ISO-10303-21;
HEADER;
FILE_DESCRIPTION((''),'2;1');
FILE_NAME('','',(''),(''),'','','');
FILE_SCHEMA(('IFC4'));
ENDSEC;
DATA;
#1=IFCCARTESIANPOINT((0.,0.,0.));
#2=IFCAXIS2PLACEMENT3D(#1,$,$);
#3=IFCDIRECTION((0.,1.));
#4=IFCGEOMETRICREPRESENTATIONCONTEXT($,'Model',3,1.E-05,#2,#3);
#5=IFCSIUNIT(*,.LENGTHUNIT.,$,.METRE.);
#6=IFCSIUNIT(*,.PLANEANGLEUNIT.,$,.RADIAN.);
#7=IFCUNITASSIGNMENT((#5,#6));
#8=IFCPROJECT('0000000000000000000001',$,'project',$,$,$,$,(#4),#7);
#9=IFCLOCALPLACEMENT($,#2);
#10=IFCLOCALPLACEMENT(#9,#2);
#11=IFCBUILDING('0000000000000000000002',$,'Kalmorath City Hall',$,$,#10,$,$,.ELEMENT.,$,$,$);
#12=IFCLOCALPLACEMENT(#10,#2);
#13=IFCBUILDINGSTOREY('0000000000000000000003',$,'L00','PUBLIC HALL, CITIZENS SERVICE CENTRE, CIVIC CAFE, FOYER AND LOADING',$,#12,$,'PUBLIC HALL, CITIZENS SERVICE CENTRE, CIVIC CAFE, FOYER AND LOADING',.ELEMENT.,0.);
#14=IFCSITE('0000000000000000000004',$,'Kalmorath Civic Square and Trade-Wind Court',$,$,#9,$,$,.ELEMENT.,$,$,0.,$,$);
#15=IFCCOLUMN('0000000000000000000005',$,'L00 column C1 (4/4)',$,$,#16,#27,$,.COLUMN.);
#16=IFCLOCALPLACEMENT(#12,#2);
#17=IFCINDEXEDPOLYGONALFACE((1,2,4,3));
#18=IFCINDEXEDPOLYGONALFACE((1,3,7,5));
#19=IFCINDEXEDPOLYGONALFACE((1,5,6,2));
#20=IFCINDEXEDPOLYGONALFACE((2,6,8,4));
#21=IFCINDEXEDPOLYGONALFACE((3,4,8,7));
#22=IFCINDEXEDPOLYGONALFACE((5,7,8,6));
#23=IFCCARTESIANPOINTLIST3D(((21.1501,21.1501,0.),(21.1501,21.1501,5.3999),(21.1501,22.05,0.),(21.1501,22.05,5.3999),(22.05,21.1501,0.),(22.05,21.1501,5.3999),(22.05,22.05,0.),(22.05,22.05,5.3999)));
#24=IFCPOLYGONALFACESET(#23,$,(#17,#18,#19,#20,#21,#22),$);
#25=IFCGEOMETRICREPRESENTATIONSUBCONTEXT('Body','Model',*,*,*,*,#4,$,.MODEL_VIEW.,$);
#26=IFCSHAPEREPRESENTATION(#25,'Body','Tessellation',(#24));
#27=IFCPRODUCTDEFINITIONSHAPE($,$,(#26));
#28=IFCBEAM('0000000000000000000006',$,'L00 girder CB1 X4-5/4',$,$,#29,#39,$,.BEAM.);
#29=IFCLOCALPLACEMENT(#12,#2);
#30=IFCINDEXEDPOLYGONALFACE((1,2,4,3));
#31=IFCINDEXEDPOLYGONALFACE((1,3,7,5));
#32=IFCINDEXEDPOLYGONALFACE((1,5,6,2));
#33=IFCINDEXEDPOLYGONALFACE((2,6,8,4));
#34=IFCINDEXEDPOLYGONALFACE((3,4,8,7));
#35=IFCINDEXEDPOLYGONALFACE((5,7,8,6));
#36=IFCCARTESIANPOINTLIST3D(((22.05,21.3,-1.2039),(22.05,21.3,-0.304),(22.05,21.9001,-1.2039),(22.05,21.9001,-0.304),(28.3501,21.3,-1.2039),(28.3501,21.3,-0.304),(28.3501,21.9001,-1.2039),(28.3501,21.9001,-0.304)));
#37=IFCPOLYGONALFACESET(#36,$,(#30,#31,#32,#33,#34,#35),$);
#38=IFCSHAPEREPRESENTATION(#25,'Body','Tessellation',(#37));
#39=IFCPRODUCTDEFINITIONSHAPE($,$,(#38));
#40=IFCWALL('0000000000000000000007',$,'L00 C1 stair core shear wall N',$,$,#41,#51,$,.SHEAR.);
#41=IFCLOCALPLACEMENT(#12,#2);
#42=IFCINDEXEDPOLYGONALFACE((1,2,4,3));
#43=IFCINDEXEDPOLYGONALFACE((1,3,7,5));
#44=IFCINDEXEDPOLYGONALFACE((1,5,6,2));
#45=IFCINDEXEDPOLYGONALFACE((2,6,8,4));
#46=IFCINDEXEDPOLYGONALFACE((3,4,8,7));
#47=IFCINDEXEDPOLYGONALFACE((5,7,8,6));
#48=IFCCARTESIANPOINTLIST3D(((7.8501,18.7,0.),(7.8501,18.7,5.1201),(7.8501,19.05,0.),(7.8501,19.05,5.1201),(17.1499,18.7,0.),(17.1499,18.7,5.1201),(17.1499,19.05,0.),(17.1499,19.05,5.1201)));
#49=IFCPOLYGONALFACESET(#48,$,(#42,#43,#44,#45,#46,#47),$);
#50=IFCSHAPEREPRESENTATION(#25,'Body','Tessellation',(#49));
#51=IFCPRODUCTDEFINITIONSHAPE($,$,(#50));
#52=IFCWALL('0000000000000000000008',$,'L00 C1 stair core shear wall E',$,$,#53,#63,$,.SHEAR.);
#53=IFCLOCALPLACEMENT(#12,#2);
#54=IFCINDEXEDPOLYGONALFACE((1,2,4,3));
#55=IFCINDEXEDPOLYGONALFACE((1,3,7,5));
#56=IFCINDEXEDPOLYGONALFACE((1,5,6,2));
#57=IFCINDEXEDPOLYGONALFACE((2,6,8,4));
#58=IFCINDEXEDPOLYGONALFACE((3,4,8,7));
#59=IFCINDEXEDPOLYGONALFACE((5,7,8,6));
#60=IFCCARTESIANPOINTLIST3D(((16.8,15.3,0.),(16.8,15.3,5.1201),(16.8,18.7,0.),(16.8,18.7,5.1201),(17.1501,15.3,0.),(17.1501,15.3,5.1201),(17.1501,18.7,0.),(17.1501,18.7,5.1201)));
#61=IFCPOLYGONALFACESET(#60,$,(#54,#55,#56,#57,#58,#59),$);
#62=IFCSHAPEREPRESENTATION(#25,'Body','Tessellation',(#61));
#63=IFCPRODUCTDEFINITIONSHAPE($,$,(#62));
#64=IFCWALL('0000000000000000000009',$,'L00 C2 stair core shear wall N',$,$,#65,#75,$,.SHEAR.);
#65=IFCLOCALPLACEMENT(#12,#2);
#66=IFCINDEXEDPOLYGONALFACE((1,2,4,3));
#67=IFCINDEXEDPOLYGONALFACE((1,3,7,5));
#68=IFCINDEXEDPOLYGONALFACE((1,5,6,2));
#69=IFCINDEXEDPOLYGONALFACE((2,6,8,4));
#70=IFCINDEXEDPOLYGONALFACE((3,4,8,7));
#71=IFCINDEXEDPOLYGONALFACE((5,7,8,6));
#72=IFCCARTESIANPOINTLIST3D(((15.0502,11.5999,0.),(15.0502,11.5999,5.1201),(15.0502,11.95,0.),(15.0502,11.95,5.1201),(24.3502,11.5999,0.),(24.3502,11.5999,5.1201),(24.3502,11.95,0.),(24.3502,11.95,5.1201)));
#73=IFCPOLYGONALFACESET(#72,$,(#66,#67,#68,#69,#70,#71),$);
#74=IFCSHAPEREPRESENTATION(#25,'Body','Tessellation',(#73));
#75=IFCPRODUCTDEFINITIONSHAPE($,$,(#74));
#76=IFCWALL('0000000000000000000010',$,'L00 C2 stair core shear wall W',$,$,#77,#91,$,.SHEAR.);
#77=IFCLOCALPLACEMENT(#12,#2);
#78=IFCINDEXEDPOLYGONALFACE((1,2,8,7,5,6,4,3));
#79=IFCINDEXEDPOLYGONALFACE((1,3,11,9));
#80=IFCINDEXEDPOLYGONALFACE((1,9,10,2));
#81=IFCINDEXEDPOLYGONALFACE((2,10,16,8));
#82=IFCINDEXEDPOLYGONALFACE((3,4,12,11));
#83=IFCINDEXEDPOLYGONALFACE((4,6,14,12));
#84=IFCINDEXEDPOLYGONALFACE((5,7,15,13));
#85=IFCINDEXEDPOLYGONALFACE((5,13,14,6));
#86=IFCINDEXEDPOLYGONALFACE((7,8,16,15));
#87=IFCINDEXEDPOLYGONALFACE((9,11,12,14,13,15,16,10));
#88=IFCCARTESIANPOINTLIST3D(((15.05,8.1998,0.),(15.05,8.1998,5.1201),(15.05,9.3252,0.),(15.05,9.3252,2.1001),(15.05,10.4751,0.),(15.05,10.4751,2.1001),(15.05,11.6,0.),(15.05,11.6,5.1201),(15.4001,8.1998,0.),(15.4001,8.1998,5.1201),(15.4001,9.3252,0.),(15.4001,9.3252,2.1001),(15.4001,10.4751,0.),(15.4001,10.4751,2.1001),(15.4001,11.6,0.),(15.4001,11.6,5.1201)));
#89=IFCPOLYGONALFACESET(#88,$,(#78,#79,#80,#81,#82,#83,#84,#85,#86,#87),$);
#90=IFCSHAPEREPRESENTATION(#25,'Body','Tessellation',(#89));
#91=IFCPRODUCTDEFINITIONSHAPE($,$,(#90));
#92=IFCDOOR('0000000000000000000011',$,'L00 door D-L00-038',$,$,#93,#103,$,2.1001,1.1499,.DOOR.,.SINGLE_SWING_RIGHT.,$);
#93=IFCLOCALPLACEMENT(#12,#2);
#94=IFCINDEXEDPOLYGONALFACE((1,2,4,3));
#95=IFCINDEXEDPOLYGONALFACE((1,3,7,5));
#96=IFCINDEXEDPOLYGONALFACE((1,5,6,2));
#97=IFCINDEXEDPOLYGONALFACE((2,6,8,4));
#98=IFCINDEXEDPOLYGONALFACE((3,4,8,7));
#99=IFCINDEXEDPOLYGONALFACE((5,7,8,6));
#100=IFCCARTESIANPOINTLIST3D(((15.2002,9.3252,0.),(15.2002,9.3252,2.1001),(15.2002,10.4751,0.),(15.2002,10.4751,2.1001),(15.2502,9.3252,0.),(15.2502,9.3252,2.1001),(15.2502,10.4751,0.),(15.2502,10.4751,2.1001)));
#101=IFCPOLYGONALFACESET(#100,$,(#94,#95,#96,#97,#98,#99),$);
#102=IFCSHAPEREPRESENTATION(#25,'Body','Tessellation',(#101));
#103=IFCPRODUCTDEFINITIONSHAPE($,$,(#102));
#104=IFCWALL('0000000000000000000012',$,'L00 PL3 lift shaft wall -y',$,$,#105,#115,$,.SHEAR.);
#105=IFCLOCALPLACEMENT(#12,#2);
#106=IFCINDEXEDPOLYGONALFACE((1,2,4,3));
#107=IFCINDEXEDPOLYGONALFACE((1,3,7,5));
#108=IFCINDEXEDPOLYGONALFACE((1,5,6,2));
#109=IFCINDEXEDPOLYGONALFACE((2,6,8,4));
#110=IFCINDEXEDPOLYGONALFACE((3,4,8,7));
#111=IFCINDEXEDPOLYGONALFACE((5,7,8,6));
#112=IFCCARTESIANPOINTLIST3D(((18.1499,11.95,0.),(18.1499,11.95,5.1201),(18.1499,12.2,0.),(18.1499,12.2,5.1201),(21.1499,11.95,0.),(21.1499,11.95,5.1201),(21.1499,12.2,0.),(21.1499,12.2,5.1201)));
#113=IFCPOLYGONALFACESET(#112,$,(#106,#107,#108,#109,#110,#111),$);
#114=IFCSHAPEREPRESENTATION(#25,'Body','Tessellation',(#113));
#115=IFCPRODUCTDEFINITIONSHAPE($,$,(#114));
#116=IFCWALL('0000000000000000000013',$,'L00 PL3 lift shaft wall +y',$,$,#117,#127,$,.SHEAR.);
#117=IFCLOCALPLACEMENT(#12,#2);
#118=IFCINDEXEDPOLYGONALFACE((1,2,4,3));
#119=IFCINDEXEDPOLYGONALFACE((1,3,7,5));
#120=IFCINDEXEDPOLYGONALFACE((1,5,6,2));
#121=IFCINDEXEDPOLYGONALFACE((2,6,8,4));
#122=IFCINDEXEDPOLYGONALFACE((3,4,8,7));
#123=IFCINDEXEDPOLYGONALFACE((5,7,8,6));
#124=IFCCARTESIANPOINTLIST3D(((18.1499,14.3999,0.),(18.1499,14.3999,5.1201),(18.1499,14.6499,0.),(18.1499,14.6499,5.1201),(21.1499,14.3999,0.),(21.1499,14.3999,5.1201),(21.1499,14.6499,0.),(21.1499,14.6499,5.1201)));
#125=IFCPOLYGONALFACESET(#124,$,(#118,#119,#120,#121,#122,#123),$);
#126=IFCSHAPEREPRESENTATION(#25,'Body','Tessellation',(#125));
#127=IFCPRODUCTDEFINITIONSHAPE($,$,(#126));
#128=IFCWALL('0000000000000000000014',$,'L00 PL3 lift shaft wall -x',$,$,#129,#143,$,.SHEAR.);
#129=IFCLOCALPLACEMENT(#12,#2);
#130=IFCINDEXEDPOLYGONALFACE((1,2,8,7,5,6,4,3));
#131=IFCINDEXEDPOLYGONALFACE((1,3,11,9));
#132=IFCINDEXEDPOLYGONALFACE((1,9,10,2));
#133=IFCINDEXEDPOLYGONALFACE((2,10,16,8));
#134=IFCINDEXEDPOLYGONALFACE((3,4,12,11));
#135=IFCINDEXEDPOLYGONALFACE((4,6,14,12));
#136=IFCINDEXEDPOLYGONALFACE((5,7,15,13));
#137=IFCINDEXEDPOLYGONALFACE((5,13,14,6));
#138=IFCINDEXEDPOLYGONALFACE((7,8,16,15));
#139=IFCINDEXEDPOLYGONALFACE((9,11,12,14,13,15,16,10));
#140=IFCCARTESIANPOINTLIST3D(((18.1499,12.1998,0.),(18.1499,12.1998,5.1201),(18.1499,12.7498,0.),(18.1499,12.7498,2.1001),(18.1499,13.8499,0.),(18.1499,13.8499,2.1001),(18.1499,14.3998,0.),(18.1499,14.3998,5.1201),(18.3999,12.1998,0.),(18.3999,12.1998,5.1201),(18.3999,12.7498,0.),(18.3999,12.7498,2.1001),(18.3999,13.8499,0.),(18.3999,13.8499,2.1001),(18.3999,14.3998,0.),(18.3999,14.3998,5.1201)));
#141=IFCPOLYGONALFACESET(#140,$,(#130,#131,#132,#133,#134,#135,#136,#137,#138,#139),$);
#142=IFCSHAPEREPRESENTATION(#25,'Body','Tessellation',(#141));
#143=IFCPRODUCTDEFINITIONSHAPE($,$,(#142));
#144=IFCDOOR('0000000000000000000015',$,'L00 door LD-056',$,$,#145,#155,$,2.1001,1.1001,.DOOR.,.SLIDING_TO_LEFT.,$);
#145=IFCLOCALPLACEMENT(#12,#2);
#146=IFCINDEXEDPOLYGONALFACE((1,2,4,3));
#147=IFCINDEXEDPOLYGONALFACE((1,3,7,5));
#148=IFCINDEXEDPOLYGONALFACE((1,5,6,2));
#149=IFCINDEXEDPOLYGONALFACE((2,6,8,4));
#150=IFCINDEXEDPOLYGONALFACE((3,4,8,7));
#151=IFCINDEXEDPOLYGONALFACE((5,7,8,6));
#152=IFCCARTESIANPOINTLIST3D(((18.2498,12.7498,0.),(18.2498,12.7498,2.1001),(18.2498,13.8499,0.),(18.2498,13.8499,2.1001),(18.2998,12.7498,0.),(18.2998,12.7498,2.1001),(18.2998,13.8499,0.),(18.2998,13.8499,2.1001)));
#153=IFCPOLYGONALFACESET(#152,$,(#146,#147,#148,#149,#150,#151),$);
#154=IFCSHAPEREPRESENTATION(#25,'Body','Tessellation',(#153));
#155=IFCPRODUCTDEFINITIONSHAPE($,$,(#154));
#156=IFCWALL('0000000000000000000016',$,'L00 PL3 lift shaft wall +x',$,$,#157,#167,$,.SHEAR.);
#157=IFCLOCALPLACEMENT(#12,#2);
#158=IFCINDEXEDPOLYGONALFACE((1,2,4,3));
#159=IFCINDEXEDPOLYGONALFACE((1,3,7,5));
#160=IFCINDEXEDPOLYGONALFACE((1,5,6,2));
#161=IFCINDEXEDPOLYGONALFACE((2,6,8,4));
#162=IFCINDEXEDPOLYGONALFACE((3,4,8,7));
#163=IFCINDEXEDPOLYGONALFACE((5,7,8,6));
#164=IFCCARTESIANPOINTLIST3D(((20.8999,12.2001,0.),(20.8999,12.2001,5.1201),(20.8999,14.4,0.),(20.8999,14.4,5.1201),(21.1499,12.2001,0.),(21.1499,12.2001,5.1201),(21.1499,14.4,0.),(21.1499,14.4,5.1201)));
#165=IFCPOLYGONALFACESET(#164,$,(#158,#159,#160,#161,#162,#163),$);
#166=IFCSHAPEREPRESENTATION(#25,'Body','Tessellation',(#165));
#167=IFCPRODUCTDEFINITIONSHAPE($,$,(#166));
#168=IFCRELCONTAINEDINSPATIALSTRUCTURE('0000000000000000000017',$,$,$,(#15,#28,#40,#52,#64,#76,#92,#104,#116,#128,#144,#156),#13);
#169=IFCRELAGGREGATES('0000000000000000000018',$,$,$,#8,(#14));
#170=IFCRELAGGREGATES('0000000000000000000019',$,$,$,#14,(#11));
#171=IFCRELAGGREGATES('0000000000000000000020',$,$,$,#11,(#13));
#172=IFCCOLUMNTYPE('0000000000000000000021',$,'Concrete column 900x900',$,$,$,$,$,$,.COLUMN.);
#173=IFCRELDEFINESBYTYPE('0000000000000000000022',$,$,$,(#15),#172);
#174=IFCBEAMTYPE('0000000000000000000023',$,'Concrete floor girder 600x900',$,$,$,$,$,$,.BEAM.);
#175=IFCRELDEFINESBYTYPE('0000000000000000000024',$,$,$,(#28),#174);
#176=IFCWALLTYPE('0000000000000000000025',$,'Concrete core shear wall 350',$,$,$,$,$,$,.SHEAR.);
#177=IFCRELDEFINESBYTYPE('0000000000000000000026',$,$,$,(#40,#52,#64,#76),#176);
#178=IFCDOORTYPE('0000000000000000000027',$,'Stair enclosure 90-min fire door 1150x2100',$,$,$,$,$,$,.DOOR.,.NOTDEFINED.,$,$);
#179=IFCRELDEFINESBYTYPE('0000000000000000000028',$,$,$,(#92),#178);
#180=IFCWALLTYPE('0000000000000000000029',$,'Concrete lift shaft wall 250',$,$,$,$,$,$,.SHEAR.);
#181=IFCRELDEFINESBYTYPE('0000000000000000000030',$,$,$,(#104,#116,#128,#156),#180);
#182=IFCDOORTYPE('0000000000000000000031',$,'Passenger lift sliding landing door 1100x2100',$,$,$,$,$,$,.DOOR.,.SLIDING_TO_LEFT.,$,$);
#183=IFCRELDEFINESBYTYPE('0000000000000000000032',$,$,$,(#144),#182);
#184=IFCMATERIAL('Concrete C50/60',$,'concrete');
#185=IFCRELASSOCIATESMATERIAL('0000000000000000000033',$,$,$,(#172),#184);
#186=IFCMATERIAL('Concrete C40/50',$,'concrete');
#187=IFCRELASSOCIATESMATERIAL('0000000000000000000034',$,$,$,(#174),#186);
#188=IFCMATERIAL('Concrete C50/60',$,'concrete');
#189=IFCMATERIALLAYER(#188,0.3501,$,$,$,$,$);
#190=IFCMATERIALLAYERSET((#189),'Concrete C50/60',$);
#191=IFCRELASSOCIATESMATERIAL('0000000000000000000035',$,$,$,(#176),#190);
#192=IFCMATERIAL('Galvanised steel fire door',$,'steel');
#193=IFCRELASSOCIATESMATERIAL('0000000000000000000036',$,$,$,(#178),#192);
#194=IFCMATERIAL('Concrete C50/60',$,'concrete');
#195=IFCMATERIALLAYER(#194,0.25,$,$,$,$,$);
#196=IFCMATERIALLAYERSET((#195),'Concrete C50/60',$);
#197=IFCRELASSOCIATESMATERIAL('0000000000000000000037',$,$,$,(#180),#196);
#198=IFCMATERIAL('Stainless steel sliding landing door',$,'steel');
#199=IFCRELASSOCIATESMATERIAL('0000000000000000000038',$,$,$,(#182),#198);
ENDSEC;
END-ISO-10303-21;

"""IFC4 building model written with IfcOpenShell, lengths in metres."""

from ifc_helpers import new_model, si_unit, direction, frame, frame_2d, origin, origin_2d, place, context, subcontext, project, spatial, rectangle, extrude, material, layer, layer_set, material_profile, profile_set, type_object, element, fill, save


model = new_model("IFC4")

# Units and contexts
model_context = context("Model", 3, precision=1e-05, world=origin(), true_north=direction((0.0, 1.0)))
body_context = subcontext(model_context, "Body", "Model", "MODEL_VIEW")
ifc_project = project(units=[si_unit("LENGTHUNIT", "METRE"), si_unit("PLANEANGLEUNIT", "RADIAN")], contexts=[model_context])

# Site, building, storey
site_placement = place(None, origin())
site = spatial("IfcSite", under=ifc_project, at=site_placement, Name="Kalmorath Civic Square and Trade-Wind Court", CompositionType="ELEMENT", RefElevation=0.0)
building_placement = place(site_placement, origin())
building = spatial("IfcBuilding", under=site, at=building_placement, Name="Kalmorath City Hall", CompositionType="ELEMENT")
storey_placement = place(building_placement, origin())
storey = spatial("IfcBuildingStorey", under=building, at=storey_placement, Name="L00", Description="PUBLIC HALL, CITIZENS SERVICE CENTRE, CIVIC CAFE, FOYER AND LOADING", LongName="PUBLIC HALL, CITIZENS SERVICE CENTRE, CIVIC CAFE, FOYER AND LOADING", CompositionType="ELEMENT", Elevation=0.0)

# Column
ifc_material_1 = material(Name="Concrete C50/60", Category="concrete")
ifc_material_profile_1 = material_profile(ifc_material_1, rectangle(XDim=0.8999, YDim=0.8999, at=origin_2d()), Name="RC-COL-900X900")
ifc_profile_set_1 = profile_set([ifc_material_profile_1], Name="Concrete C50/60")
column_type = type_object("IfcColumnType", Name="Concrete column 900x900", PredefinedType="COLUMN", material=ifc_profile_set_1)
column_placement = place(storey_placement, frame((21.6001, 21.6001, 0.0), z_axis=(0.0, 0.0, 1.0), x_axis=(1.0, 0.0, 0.0)))
element("IfcColumn", 1, at=column_placement, inside=storey, type_object=column_type, Name="L00 column C1 (4/4)", PredefinedType="COLUMN", context=body_context, shape_type="SweptSolid", body=[
    extrude(rectangle(XDim=0.8999, YDim=0.8999, at=origin_2d()), origin(), (0.0, 0.0, 1.0), 5.3999),
])

# Beam
ifc_material_2 = material(Name="Concrete C40/50", Category="concrete")
ifc_material_profile_2 = material_profile(ifc_material_2, rectangle(XDim=0.6001, YDim=0.8999, at=origin_2d()), Name="RC-BM-600X900")
ifc_profile_set_2 = profile_set([ifc_material_profile_2], Name="Concrete C40/50")
beam_type = type_object("IfcBeamType", Name="Concrete floor girder 600x900", PredefinedType="BEAM", material=ifc_profile_set_2)
beam_placement = place(storey_placement, frame((22.05, 21.6001, -0.7539), z_axis=(1.0, 0.0, 0.0), x_axis=(0.0, 1.0, 0.0)))
element("IfcBeam", 2, at=beam_placement, inside=storey, type_object=beam_type, Name="L00 girder CB1 X4-5/4", PredefinedType="BEAM", context=body_context, shape_type="SweptSolid", body=[
    extrude(rectangle(XDim=0.6001, YDim=0.8999, at=origin_2d()), origin(), (0.0, 0.0, 1.0), 6.3),
])

# Walls
ifc_material_3 = material(Name="Concrete C50/60", Category="concrete")
ifc_layer_1 = layer(ifc_material_3, 0.3501)
ifc_layer_set_1 = layer_set([ifc_layer_1], Name="Concrete C50/60")
wall_type_1 = type_object("IfcWallType", Name="Concrete core shear wall 350", PredefinedType="SHEAR", material=ifc_layer_set_1)
wall_1_placement = place(storey_placement, frame((17.1499, 18.875, 0.0), z_axis=(0.0, 0.0, 1.0), x_axis=(-1.0, 0.0, 0.0)))
element("IfcWall", 3, at=wall_1_placement, inside=storey, type_object=wall_type_1, Name="L00 C1 stair core shear wall N", PredefinedType="SHEAR", context=body_context, shape_type="SweptSolid", body=[
    extrude(rectangle(XDim=9.2998, YDim=0.3501, at=frame_2d((4.6499, 0.0))), origin(), (0.0, 0.0, 1.0), 5.1201),
])
wall_2_placement = place(storey_placement, frame((16.9751, 15.3, 0.0), z_axis=(0.0, 0.0, 1.0), x_axis=(0.0, 1.0, 0.0)))
element("IfcWall", 4, at=wall_2_placement, inside=storey, type_object=wall_type_1, Name="L00 C1 stair core shear wall E", PredefinedType="SHEAR", context=body_context, shape_type="SweptSolid", body=[
    extrude(rectangle(XDim=3.3999, YDim=0.3501, at=frame_2d((1.7, 0.0))), origin(), (0.0, 0.0, 1.0), 5.1201),
])
wall_3_placement = place(storey_placement, frame((24.3501, 11.7749, 0.0), z_axis=(0.0, 0.0, 1.0), x_axis=(-1.0, 0.0, 0.0)))
element("IfcWall", 5, at=wall_3_placement, inside=storey, type_object=wall_type_1, Name="L00 C2 stair core shear wall N", PredefinedType="SHEAR", context=body_context, shape_type="SweptSolid", body=[
    extrude(rectangle(XDim=9.3, YDim=0.3501, at=frame_2d((4.6499, 0.0))), origin(), (0.0, 0.0, 1.0), 5.1201),
])

# Wall, opening, door
wall_4_placement = place(storey_placement, frame((15.2251, 11.6001, 0.0), z_axis=(0.0, 0.0, 1.0), x_axis=(0.0, -1.0, 0.0)))
wall_4 = element("IfcWall", 6, at=wall_4_placement, inside=storey, type_object=wall_type_1, Name="L00 C2 stair core shear wall W", PredefinedType="SHEAR", context=body_context, shape_type="SweptSolid", body=[
    extrude(rectangle(XDim=3.4001, YDim=0.3501, at=frame_2d((1.7002, 0.0))), origin(), (0.0, 0.0, 1.0), 5.1201),
])
opening_1_placement = place(wall_4_placement, frame((1.125, 0.0, 0.0)))
opening_1 = element("IfcOpeningElement", 7, at=opening_1_placement, cuts=wall_4, PredefinedType="OPENING", context=body_context, shape_type="SweptSolid", body=[
    extrude(rectangle(XDim=1.1499, YDim=2.1001, at=frame_2d((0.575, 1.05))), frame((0.0, 0.1851, 0.0), z_axis=(0.0, -1.0, 0.0), x_axis=(1.0, 0.0, 0.0)), (0.0, 0.0, 1.0), 0.3701),
])
ifc_material_4 = material(Name="Galvanised steel fire door", Category="steel")
door_type_1 = type_object("IfcDoorType", Name="Stair enclosure 90-min fire door 1150x2100", OperationType="NOTDEFINED", PredefinedType="DOOR", material=ifc_material_4)
door_1_placement = place(opening_1_placement, frame((1.1499, 0.0, 0.0), z_axis=(0.0, 0.0, 1.0), x_axis=(-1.0, 0.0, 0.0)))
door_1 = element("IfcDoor", 8, at=door_1_placement, inside=storey, type_object=door_type_1, Name="L00 door D-L00-038", OperationType="SINGLE_SWING_RIGHT", OverallHeight=2.1001, OverallWidth=1.1499, PredefinedType="DOOR", context=body_context, shape_type="SweptSolid", body=[
    extrude(rectangle(XDim=1.1499, YDim=2.1001, at=frame_2d((0.575, 1.05))), frame((0.0, 0.0249, 0.0), z_axis=(0.0, -1.0, 0.0), x_axis=(1.0, 0.0, 0.0)), (0.0, 0.0, 1.0), 0.05),
])
fill(opening_1, door_1)

# Walls
ifc_material_5 = material(Name="Concrete C50/60", Category="concrete")
ifc_layer_2 = layer(ifc_material_5, 0.25)
ifc_layer_set_2 = layer_set([ifc_layer_2], Name="Concrete C50/60")
wall_type_2 = type_object("IfcWallType", Name="Concrete lift shaft wall 250", PredefinedType="SHEAR", material=ifc_layer_set_2)
for number, where, z_axis, x_axis, name in (
    (9, (18.1499, 12.075, 0.0), (0.0, 0.0, 1.0), (1.0, 0.0, 0.0), "L00 PL3 lift shaft wall -y"),
    (10, (21.1499, 14.5249, 0.0), (0.0, 0.0, 1.0), (-1.0, 0.0, 0.0), "L00 PL3 lift shaft wall +y"),
):
    element("IfcWall", number, at=place(storey_placement, frame(where, z_axis=z_axis, x_axis=x_axis)), inside=storey, type_object=wall_type_2, Name=name, PredefinedType="SHEAR", context=body_context, shape_type="SweptSolid", body=[
        extrude(rectangle(XDim=3.0, YDim=0.25, at=frame_2d((1.5, 0.0))), origin(), (0.0, 0.0, 1.0), 5.1201),
    ])

# Wall, opening, door
wall_5_placement = place(storey_placement, frame((18.2749, 14.3999, 0.0), z_axis=(0.0, 0.0, 1.0), x_axis=(0.0, -1.0, 0.0)))
wall_5 = element("IfcWall", 11, at=wall_5_placement, inside=storey, type_object=wall_type_2, Name="L00 PL3 lift shaft wall -x", PredefinedType="SHEAR", context=body_context, shape_type="SweptSolid", body=[
    extrude(rectangle(XDim=2.2, YDim=0.25, at=frame_2d((1.1001, 0.0))), origin(), (0.0, 0.0, 1.0), 5.1201),
])
opening_2_placement = place(wall_5_placement, frame((0.55, 0.0, 0.0)))
opening_2 = element("IfcOpeningElement", 12, at=opening_2_placement, cuts=wall_5, PredefinedType="OPENING", context=body_context, shape_type="SweptSolid", body=[
    extrude(rectangle(XDim=1.1001, YDim=2.1001, at=frame_2d((0.55, 1.05))), frame((0.0, 0.135, 0.0), z_axis=(0.0, -1.0, 0.0), x_axis=(1.0, 0.0, 0.0)), (0.0, 0.0, 1.0), 0.27),
])
ifc_material_6 = material(Name="Stainless steel sliding landing door", Category="steel")
door_type_2 = type_object("IfcDoorType", Name="Passenger lift sliding landing door 1100x2100", OperationType="SLIDING_TO_LEFT", PredefinedType="DOOR", material=ifc_material_6)
door_2_placement = place(opening_2_placement, origin())
door_2 = element("IfcDoor", 13, at=door_2_placement, inside=storey, type_object=door_type_2, Name="L00 door LD-056", OperationType="SLIDING_TO_LEFT", OverallHeight=2.1001, OverallWidth=1.1001, PredefinedType="DOOR", context=body_context, shape_type="SweptSolid", body=[
    extrude(rectangle(XDim=1.1001, YDim=2.1001, at=frame_2d((0.55, 1.05))), frame((0.0, 0.0249, 0.0), z_axis=(0.0, -1.0, 0.0), x_axis=(1.0, 0.0, 0.0)), (0.0, 0.0, 1.0), 0.05),
])
fill(opening_2, door_2)

# Wall
wall_6_placement = place(storey_placement, frame((21.0249, 12.2, 0.0), z_axis=(0.0, 0.0, 1.0), x_axis=(0.0, 1.0, 0.0)))
element("IfcWall", 14, at=wall_6_placement, inside=storey, type_object=wall_type_2, Name="L00 PL3 lift shaft wall +x", PredefinedType="SHEAR", context=body_context, shape_type="SweptSolid", body=[
    extrude(rectangle(XDim=2.2, YDim=0.25, at=frame_2d((1.1001, 0.0))), origin(), (0.0, 0.0, 1.0), 5.1201),
])

save(model, "model.ifc")
